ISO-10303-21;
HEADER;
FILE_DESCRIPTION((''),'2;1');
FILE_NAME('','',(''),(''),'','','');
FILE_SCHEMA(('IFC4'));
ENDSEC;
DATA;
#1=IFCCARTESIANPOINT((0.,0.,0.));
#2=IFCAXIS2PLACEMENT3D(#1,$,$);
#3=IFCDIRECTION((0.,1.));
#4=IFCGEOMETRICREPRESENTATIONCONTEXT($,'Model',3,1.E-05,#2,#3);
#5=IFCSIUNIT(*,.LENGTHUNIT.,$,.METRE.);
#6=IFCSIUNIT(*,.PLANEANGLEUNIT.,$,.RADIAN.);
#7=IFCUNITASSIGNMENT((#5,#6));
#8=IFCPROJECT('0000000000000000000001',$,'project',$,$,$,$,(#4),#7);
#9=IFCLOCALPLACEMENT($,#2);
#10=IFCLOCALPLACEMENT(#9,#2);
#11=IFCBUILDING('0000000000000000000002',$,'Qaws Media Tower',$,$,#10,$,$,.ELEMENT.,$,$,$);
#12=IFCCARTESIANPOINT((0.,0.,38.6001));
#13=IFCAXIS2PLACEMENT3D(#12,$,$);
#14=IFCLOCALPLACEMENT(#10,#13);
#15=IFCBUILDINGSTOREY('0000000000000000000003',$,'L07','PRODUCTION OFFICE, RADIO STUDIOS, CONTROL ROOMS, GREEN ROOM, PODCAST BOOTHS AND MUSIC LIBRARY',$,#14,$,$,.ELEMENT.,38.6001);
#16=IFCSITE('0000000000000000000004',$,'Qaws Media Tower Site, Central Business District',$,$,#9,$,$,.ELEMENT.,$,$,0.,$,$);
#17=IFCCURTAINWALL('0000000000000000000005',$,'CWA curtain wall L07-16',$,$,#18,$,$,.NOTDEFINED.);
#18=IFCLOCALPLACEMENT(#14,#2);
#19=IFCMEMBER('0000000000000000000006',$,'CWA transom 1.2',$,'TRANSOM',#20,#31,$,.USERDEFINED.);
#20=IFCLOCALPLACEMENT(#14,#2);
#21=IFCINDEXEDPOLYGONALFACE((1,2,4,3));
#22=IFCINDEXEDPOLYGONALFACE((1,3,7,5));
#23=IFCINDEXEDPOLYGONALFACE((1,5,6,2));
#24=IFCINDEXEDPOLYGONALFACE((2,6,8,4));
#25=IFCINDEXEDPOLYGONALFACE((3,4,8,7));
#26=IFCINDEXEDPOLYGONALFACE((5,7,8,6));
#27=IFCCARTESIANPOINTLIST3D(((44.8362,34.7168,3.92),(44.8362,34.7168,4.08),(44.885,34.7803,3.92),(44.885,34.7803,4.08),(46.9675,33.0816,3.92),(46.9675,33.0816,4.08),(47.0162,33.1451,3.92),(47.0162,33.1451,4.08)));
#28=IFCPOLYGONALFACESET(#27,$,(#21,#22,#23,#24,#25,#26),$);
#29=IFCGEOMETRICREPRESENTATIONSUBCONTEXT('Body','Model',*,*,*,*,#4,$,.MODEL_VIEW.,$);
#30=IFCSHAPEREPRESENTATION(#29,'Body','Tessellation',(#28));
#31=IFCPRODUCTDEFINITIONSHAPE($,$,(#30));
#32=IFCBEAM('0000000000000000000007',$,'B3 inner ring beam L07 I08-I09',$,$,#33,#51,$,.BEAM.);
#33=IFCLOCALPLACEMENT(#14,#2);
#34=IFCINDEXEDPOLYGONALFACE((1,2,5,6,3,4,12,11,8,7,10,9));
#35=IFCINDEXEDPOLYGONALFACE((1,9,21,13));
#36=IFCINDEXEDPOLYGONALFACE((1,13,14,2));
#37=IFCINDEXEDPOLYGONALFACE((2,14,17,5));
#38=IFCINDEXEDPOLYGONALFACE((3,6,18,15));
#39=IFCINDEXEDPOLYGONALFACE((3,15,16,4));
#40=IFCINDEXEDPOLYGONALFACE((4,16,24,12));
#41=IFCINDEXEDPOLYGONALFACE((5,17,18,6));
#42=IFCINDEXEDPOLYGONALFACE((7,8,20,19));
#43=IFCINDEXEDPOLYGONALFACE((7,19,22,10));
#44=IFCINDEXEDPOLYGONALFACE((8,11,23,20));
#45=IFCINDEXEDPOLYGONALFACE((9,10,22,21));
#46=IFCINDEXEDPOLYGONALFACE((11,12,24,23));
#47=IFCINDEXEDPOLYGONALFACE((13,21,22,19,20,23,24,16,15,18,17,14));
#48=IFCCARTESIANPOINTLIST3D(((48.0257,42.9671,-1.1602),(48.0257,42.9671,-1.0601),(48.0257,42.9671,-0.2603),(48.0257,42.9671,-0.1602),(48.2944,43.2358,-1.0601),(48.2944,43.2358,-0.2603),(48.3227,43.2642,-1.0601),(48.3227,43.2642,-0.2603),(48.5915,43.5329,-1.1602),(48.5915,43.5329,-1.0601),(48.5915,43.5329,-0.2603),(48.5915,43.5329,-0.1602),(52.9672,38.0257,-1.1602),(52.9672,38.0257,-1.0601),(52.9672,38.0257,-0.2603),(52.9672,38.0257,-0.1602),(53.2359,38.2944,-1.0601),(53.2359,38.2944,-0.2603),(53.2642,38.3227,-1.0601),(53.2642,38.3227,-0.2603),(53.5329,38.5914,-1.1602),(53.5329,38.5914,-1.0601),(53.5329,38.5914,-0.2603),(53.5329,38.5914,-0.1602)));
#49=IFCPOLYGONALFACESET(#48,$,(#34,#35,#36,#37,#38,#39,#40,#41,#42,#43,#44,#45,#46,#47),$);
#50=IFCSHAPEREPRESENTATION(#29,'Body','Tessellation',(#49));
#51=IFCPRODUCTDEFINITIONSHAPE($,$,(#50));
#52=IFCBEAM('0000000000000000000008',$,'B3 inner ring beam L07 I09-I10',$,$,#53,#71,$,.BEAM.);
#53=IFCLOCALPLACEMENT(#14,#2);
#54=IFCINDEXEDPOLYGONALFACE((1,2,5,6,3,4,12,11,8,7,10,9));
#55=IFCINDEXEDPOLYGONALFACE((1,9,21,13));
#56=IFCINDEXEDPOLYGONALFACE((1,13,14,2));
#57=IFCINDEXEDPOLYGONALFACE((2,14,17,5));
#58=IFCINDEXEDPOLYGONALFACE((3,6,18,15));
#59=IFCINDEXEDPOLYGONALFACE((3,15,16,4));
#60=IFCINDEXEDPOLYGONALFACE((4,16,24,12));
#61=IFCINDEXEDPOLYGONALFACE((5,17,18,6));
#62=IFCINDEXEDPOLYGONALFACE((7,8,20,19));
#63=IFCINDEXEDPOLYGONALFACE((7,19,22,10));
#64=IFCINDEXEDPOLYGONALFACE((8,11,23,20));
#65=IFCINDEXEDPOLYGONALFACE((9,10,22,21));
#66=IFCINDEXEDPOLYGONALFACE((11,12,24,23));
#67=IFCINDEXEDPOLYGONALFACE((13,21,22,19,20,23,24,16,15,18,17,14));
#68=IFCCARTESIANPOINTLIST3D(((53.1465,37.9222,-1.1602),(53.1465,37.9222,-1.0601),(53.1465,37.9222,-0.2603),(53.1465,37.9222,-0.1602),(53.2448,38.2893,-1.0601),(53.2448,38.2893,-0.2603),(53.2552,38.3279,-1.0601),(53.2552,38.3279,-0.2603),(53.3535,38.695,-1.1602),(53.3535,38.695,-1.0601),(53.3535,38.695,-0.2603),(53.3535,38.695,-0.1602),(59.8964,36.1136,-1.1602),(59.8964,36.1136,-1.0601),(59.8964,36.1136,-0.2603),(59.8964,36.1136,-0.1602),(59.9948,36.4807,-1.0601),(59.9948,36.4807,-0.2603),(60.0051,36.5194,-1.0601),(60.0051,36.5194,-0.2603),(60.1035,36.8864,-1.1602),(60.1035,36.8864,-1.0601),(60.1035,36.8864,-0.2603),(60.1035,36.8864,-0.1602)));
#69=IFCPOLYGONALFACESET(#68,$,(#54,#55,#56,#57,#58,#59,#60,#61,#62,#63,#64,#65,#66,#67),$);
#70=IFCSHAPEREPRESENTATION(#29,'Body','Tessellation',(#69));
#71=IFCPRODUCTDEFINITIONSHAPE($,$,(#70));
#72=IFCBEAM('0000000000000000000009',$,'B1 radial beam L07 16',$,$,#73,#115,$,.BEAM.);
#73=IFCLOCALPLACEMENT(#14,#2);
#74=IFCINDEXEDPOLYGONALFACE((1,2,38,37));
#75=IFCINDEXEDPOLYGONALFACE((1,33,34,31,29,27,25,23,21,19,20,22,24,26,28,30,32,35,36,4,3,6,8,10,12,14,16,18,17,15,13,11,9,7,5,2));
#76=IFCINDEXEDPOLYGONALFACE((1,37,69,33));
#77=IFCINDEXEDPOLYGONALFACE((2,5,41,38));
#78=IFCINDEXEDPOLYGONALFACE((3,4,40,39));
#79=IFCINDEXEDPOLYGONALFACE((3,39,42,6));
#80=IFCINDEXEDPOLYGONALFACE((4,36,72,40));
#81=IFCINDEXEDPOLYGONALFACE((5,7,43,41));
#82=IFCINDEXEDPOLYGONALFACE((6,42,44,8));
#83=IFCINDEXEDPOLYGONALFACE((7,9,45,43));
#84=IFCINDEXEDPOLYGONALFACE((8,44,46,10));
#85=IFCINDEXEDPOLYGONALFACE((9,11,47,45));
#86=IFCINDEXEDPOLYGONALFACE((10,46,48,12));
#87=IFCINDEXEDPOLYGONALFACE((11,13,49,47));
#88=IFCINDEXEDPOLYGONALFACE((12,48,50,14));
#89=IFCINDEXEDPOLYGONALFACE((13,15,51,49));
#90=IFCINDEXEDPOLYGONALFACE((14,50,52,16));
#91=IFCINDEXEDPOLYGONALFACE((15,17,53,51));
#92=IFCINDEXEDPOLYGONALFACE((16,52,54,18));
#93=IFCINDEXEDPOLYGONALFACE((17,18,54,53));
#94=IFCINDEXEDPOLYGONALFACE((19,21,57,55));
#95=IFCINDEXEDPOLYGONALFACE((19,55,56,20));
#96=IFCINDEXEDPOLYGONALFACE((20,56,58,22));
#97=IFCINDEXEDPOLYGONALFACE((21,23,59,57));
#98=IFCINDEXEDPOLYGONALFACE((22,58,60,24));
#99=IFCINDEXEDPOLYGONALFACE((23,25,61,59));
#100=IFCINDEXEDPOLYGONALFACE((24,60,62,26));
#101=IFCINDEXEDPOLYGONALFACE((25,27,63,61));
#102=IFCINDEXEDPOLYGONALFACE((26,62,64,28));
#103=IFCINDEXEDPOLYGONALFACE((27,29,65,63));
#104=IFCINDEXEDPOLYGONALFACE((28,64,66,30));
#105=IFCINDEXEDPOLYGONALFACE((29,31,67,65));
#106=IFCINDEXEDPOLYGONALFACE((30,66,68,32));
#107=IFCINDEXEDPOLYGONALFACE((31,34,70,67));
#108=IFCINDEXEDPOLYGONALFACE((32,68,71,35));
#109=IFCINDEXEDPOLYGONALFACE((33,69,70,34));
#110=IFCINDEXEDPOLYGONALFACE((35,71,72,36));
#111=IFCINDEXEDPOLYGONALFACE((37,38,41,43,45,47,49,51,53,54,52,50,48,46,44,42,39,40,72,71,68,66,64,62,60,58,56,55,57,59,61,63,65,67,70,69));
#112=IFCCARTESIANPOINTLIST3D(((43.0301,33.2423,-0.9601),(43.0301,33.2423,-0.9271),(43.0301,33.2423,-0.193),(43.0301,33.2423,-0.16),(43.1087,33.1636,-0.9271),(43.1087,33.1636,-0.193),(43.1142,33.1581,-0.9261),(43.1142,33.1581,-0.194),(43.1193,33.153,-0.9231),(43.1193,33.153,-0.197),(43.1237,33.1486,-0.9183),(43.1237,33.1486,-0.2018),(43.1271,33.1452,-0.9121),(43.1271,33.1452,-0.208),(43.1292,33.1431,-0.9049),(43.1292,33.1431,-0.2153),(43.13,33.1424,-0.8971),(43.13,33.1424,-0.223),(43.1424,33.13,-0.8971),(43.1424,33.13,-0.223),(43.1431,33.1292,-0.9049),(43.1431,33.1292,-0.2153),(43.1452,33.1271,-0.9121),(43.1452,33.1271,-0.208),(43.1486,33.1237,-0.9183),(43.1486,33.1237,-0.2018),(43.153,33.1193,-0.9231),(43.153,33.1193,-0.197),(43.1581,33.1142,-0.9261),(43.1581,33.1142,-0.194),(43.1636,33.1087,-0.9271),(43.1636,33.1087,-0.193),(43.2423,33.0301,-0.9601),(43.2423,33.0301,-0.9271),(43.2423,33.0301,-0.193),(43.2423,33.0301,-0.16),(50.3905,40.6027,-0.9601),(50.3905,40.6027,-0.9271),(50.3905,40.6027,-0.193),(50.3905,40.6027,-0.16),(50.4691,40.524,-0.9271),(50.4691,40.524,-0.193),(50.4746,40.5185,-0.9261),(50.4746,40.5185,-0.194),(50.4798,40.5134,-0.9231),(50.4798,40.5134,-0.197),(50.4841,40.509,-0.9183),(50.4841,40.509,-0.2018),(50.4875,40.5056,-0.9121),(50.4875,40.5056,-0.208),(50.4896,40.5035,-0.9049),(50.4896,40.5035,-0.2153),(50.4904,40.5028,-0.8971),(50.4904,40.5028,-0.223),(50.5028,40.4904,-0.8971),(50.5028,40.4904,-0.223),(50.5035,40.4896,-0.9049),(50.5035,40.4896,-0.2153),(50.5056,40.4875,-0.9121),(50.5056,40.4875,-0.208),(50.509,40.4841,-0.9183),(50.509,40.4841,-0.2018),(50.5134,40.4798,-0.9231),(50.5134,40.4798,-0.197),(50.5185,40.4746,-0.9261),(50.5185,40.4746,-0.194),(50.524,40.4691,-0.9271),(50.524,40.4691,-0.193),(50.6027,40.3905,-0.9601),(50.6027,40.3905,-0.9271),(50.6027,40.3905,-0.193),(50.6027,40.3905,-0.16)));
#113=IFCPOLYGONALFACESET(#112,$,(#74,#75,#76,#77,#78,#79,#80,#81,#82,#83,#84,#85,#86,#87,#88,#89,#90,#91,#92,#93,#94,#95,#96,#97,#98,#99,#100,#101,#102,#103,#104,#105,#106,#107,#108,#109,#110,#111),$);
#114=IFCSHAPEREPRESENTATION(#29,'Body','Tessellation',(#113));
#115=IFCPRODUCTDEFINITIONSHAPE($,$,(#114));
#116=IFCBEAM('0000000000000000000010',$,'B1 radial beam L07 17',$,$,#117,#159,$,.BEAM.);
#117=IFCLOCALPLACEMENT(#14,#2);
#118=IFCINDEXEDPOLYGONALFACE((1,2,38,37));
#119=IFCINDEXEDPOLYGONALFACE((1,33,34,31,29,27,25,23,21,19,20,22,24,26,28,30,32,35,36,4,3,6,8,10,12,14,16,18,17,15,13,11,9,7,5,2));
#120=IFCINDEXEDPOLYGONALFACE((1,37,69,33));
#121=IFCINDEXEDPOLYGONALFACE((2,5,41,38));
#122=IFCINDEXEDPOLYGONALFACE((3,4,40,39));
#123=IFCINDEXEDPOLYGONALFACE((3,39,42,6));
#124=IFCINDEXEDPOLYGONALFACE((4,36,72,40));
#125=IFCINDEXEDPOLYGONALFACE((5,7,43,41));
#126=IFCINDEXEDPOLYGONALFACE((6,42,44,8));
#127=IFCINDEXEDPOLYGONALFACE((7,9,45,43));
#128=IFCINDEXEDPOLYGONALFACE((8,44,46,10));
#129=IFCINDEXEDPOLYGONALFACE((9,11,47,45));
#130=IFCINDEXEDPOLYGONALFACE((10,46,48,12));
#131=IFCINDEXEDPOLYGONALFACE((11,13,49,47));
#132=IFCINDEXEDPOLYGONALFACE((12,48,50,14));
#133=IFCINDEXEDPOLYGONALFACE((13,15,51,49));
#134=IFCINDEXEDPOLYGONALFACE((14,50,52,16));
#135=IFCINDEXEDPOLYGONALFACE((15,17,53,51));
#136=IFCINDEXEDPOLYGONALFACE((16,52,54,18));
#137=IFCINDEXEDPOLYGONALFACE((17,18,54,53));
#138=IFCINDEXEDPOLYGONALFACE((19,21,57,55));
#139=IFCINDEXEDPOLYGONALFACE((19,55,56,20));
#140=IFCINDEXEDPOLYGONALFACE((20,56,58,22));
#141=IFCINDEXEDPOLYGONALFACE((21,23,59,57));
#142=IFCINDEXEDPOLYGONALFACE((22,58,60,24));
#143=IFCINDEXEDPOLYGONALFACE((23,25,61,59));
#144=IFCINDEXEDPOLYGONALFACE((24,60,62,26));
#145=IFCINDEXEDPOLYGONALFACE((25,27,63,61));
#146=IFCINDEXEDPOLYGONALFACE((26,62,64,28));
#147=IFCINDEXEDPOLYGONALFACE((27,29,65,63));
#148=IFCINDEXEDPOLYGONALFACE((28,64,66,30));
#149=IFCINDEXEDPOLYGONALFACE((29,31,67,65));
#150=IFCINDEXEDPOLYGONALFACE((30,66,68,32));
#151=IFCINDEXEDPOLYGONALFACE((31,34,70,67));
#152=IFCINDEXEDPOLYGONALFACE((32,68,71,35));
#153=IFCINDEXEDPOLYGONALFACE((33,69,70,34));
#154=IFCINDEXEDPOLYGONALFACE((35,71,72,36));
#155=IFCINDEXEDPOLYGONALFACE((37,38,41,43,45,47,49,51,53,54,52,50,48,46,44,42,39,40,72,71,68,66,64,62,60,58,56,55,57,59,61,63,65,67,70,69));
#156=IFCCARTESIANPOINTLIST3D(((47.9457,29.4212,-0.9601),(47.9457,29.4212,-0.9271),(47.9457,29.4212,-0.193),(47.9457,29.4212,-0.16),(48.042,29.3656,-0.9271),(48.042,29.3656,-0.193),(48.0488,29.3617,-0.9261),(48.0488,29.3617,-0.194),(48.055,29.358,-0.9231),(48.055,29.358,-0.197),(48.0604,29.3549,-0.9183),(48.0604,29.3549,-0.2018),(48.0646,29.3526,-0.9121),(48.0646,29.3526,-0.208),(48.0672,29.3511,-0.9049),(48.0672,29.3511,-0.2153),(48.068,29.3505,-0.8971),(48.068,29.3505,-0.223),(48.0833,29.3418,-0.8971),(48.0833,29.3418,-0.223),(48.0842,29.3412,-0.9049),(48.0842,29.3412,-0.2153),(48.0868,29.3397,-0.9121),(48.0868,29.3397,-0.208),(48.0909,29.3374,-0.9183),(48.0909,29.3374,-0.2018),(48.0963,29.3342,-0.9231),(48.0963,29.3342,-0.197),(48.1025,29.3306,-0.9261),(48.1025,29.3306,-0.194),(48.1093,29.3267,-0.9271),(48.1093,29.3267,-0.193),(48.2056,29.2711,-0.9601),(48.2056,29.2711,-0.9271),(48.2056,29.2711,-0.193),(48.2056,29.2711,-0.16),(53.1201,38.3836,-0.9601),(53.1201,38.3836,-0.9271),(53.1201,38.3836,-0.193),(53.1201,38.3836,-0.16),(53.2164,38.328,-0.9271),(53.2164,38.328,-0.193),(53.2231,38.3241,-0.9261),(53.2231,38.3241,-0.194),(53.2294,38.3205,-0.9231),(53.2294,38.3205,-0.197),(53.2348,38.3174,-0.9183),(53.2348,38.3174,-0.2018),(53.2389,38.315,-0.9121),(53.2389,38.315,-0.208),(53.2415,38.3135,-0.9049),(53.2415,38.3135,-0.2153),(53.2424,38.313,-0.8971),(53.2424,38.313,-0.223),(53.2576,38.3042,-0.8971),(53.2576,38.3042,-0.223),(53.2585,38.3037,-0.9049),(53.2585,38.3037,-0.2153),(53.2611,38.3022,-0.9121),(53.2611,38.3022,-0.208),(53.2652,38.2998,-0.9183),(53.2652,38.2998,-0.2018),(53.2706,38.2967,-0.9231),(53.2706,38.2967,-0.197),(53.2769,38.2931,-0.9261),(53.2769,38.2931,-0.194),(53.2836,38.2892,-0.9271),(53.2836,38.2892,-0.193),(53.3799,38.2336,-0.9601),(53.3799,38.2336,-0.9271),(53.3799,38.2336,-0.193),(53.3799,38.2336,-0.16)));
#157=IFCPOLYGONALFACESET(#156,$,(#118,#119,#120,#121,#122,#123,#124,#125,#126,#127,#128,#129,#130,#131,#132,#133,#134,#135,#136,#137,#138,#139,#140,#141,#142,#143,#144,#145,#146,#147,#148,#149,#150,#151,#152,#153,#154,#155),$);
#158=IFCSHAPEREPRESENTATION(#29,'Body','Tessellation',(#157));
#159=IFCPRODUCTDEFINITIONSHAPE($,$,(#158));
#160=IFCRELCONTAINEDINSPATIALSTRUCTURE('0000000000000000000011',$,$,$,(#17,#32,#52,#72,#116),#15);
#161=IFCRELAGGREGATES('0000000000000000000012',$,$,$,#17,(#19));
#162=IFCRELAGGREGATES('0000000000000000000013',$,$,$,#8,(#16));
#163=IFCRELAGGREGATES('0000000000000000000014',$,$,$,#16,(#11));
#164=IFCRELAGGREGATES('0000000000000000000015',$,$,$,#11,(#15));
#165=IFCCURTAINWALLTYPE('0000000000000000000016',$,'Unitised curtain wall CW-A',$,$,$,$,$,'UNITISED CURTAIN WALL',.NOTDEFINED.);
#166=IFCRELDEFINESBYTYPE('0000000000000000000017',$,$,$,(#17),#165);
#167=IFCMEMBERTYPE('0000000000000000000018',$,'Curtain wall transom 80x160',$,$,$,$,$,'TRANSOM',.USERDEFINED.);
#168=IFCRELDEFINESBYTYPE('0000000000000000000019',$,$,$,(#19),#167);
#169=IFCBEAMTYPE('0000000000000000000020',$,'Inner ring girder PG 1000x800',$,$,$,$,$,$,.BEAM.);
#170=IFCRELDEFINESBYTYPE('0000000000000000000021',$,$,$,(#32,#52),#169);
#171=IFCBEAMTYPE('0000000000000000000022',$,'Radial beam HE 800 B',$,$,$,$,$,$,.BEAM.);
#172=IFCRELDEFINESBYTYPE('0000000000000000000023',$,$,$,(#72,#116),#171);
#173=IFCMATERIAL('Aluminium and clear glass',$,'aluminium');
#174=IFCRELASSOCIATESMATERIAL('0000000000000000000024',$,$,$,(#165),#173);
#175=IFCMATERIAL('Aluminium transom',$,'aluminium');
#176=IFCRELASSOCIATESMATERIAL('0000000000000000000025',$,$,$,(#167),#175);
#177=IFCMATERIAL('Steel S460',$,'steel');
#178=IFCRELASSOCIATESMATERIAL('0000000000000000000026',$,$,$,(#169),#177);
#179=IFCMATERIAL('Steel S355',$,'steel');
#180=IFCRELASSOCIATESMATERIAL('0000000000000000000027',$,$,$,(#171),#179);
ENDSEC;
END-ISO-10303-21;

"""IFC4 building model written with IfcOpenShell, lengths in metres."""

from ifc_helpers import new_model, si_unit, direction, frame, origin, origin_2d, place, context, subcontext, project, spatial, rectangle, i_section, extrude, material, material_profile, profile_set, type_object, element, aggregate, save


model = new_model("IFC4")

# Units and contexts
model_context = context("Model", 3, precision=1e-05, world=origin(), true_north=direction((0.0, 1.0)))
body_context = subcontext(model_context, "Body", "Model", "MODEL_VIEW")
ifc_project = project(units=[si_unit("LENGTHUNIT", "METRE"), si_unit("PLANEANGLEUNIT", "RADIAN")], contexts=[model_context])

# Site, building, storey
site_placement = place(None, origin())
site = spatial("IfcSite", under=ifc_project, at=site_placement, Name="Qaws Media Tower Site, Central Business District", CompositionType="ELEMENT", RefElevation=0.0)
building_placement = place(site_placement, origin())
building = spatial("IfcBuilding", under=site, at=building_placement, Name="Qaws Media Tower", CompositionType="ELEMENT")
storey_placement = place(building_placement, frame((0.0, 0.0, 38.6001)))
storey = spatial("IfcBuildingStorey", under=building, at=storey_placement, Name="L07", Description="PRODUCTION OFFICE, RADIO STUDIOS, CONTROL ROOMS, GREEN ROOM, PODCAST BOOTHS AND MUSIC LIBRARY", CompositionType="ELEMENT", Elevation=38.6001)

# Curtain wall, member
ifc_material_1 = material(Name="Aluminium and clear glass", Category="aluminium")
curtain_wall_type = type_object("IfcCurtainWallType", Name="Unitised curtain wall CW-A", ElementType="UNITISED CURTAIN WALL", PredefinedType="NOTDEFINED", material=ifc_material_1)
curtain_wall_placement = place(storey_placement, origin())
curtain_wall = element("IfcCurtainWall", 1, at=curtain_wall_placement, inside=storey, type_object=curtain_wall_type, Name="CWA curtain wall L07-16", PredefinedType="NOTDEFINED")
ifc_material_2 = material(Name="Aluminium transom", Category="aluminium")
ifc_material_profile_1 = material_profile(ifc_material_2, rectangle(XDim=0.0801, YDim=0.1599, at=origin_2d()), Name="80x160")
ifc_profile_set_1 = profile_set([ifc_material_profile_1], Name="Aluminium transom")
member_type = type_object("IfcMemberType", Name="Curtain wall transom 80x160", ElementType="TRANSOM", PredefinedType="USERDEFINED", material=ifc_profile_set_1)
member_placement = place(storey_placement, frame((44.8606, 34.7485, 4.0), z_axis=(0.793387, -0.608718, 0.0), x_axis=(0.608718, 0.793387, 0.0)))
member = element("IfcMember", 2, at=member_placement, type_object=member_type, Name="CWA transom 1.2", ObjectType="TRANSOM", PredefinedType="USERDEFINED", context=body_context, shape_type="SweptSolid", body=[
    extrude(rectangle(XDim=0.0801, YDim=0.1599, at=origin_2d()), origin(), (0.0, 0.0, 1.0), 2.6863),
])
aggregate(curtain_wall, [member])

# Beams
ifc_material_3 = material(Name="Steel S460", Category="steel")
ifc_material_profile_2 = material_profile(ifc_material_3, i_section(OverallWidth=0.8, OverallDepth=1.0, WebThickness=0.04, FlangeThickness=0.1001, at=origin_2d()), Name="PG 1000x800")
ifc_profile_set_2 = profile_set([ifc_material_profile_2], Name="Steel S460")
beam_type_1 = type_object("IfcBeamType", Name="Inner ring girder PG 1000x800", PredefinedType="BEAM", material=ifc_profile_set_2)
beam_1_placement = place(storey_placement, frame((48.3086, 43.25, -0.6602), z_axis=(0.707107, -0.707107, 0.0), x_axis=(0.707107, 0.707107, 0.0)))
element("IfcBeam", 3, at=beam_1_placement, inside=storey, type_object=beam_type_1, Name="B3 inner ring beam L07 I08-I09", PredefinedType="BEAM", context=body_context, shape_type="SweptSolid", body=[
    extrude(i_section(OverallWidth=0.8, OverallDepth=1.0, WebThickness=0.04, FlangeThickness=0.1001, at=origin_2d()), origin(), (0.0, 0.0, 1.0), 6.9883),
])
beam_2_placement = place(storey_placement, frame((53.25, 38.3086, -0.6602), z_axis=(0.965928, -0.258811, 0.0), x_axis=(0.258811, 0.965928, 0.0)))
element("IfcBeam", 4, at=beam_2_placement, inside=storey, type_object=beam_type_1, Name="B3 inner ring beam L07 I09-I10", PredefinedType="BEAM", context=body_context, shape_type="SweptSolid", body=[
    extrude(i_section(OverallWidth=0.8, OverallDepth=1.0, WebThickness=0.04, FlangeThickness=0.1001, at=origin_2d()), origin(), (0.0, 0.0, 1.0), 6.988),
])
ifc_material_4 = material(Name="Steel S355", Category="steel")
ifc_material_profile_3 = material_profile(ifc_material_4, i_section(OverallWidth=0.3, OverallDepth=0.8, WebThickness=0.0176, FlangeThickness=0.033, FilletRadius=0.03, at=origin_2d()), Name="HE 800 B")
ifc_profile_set_3 = profile_set([ifc_material_profile_3], Name="Steel S355")
beam_type_2 = type_object("IfcBeamType", Name="Radial beam HE 800 B", PredefinedType="BEAM", material=ifc_profile_set_3)
beam_3_placement = place(storey_placement, frame((50.4966, 40.4966, -0.5601), z_axis=(-0.707107, -0.707107, 0.0), x_axis=(0.707107, -0.707107, 0.0)))
element("IfcBeam", 5, at=beam_3_placement, inside=storey, type_object=beam_type_2, Name="B1 radial beam L07 16", PredefinedType="BEAM", context=body_context, shape_type="SweptSolid", body=[
    extrude(i_section(OverallWidth=0.3, OverallDepth=0.8, WebThickness=0.0176, FlangeThickness=0.033, FilletRadius=0.03, at=origin_2d()), origin(), (0.0, 0.0, 1.0), 10.4092),
])
beam_4_placement = place(storey_placement, frame((53.25, 38.3086, -0.5601), z_axis=(-0.499991, -0.866031, 0.0), x_axis=(0.866031, -0.499991, 0.0)))
element("IfcBeam", 6, at=beam_4_placement, inside=storey, type_object=beam_type_2, Name="B1 radial beam L07 17", PredefinedType="BEAM", context=body_context, shape_type="SweptSolid", body=[
    extrude(i_section(OverallWidth=0.3, OverallDepth=0.8, WebThickness=0.0176, FlangeThickness=0.033, FilletRadius=0.03, at=origin_2d()), origin(), (0.0, 0.0, 1.0), 10.3489),
])

save(model, "model.ifc")
